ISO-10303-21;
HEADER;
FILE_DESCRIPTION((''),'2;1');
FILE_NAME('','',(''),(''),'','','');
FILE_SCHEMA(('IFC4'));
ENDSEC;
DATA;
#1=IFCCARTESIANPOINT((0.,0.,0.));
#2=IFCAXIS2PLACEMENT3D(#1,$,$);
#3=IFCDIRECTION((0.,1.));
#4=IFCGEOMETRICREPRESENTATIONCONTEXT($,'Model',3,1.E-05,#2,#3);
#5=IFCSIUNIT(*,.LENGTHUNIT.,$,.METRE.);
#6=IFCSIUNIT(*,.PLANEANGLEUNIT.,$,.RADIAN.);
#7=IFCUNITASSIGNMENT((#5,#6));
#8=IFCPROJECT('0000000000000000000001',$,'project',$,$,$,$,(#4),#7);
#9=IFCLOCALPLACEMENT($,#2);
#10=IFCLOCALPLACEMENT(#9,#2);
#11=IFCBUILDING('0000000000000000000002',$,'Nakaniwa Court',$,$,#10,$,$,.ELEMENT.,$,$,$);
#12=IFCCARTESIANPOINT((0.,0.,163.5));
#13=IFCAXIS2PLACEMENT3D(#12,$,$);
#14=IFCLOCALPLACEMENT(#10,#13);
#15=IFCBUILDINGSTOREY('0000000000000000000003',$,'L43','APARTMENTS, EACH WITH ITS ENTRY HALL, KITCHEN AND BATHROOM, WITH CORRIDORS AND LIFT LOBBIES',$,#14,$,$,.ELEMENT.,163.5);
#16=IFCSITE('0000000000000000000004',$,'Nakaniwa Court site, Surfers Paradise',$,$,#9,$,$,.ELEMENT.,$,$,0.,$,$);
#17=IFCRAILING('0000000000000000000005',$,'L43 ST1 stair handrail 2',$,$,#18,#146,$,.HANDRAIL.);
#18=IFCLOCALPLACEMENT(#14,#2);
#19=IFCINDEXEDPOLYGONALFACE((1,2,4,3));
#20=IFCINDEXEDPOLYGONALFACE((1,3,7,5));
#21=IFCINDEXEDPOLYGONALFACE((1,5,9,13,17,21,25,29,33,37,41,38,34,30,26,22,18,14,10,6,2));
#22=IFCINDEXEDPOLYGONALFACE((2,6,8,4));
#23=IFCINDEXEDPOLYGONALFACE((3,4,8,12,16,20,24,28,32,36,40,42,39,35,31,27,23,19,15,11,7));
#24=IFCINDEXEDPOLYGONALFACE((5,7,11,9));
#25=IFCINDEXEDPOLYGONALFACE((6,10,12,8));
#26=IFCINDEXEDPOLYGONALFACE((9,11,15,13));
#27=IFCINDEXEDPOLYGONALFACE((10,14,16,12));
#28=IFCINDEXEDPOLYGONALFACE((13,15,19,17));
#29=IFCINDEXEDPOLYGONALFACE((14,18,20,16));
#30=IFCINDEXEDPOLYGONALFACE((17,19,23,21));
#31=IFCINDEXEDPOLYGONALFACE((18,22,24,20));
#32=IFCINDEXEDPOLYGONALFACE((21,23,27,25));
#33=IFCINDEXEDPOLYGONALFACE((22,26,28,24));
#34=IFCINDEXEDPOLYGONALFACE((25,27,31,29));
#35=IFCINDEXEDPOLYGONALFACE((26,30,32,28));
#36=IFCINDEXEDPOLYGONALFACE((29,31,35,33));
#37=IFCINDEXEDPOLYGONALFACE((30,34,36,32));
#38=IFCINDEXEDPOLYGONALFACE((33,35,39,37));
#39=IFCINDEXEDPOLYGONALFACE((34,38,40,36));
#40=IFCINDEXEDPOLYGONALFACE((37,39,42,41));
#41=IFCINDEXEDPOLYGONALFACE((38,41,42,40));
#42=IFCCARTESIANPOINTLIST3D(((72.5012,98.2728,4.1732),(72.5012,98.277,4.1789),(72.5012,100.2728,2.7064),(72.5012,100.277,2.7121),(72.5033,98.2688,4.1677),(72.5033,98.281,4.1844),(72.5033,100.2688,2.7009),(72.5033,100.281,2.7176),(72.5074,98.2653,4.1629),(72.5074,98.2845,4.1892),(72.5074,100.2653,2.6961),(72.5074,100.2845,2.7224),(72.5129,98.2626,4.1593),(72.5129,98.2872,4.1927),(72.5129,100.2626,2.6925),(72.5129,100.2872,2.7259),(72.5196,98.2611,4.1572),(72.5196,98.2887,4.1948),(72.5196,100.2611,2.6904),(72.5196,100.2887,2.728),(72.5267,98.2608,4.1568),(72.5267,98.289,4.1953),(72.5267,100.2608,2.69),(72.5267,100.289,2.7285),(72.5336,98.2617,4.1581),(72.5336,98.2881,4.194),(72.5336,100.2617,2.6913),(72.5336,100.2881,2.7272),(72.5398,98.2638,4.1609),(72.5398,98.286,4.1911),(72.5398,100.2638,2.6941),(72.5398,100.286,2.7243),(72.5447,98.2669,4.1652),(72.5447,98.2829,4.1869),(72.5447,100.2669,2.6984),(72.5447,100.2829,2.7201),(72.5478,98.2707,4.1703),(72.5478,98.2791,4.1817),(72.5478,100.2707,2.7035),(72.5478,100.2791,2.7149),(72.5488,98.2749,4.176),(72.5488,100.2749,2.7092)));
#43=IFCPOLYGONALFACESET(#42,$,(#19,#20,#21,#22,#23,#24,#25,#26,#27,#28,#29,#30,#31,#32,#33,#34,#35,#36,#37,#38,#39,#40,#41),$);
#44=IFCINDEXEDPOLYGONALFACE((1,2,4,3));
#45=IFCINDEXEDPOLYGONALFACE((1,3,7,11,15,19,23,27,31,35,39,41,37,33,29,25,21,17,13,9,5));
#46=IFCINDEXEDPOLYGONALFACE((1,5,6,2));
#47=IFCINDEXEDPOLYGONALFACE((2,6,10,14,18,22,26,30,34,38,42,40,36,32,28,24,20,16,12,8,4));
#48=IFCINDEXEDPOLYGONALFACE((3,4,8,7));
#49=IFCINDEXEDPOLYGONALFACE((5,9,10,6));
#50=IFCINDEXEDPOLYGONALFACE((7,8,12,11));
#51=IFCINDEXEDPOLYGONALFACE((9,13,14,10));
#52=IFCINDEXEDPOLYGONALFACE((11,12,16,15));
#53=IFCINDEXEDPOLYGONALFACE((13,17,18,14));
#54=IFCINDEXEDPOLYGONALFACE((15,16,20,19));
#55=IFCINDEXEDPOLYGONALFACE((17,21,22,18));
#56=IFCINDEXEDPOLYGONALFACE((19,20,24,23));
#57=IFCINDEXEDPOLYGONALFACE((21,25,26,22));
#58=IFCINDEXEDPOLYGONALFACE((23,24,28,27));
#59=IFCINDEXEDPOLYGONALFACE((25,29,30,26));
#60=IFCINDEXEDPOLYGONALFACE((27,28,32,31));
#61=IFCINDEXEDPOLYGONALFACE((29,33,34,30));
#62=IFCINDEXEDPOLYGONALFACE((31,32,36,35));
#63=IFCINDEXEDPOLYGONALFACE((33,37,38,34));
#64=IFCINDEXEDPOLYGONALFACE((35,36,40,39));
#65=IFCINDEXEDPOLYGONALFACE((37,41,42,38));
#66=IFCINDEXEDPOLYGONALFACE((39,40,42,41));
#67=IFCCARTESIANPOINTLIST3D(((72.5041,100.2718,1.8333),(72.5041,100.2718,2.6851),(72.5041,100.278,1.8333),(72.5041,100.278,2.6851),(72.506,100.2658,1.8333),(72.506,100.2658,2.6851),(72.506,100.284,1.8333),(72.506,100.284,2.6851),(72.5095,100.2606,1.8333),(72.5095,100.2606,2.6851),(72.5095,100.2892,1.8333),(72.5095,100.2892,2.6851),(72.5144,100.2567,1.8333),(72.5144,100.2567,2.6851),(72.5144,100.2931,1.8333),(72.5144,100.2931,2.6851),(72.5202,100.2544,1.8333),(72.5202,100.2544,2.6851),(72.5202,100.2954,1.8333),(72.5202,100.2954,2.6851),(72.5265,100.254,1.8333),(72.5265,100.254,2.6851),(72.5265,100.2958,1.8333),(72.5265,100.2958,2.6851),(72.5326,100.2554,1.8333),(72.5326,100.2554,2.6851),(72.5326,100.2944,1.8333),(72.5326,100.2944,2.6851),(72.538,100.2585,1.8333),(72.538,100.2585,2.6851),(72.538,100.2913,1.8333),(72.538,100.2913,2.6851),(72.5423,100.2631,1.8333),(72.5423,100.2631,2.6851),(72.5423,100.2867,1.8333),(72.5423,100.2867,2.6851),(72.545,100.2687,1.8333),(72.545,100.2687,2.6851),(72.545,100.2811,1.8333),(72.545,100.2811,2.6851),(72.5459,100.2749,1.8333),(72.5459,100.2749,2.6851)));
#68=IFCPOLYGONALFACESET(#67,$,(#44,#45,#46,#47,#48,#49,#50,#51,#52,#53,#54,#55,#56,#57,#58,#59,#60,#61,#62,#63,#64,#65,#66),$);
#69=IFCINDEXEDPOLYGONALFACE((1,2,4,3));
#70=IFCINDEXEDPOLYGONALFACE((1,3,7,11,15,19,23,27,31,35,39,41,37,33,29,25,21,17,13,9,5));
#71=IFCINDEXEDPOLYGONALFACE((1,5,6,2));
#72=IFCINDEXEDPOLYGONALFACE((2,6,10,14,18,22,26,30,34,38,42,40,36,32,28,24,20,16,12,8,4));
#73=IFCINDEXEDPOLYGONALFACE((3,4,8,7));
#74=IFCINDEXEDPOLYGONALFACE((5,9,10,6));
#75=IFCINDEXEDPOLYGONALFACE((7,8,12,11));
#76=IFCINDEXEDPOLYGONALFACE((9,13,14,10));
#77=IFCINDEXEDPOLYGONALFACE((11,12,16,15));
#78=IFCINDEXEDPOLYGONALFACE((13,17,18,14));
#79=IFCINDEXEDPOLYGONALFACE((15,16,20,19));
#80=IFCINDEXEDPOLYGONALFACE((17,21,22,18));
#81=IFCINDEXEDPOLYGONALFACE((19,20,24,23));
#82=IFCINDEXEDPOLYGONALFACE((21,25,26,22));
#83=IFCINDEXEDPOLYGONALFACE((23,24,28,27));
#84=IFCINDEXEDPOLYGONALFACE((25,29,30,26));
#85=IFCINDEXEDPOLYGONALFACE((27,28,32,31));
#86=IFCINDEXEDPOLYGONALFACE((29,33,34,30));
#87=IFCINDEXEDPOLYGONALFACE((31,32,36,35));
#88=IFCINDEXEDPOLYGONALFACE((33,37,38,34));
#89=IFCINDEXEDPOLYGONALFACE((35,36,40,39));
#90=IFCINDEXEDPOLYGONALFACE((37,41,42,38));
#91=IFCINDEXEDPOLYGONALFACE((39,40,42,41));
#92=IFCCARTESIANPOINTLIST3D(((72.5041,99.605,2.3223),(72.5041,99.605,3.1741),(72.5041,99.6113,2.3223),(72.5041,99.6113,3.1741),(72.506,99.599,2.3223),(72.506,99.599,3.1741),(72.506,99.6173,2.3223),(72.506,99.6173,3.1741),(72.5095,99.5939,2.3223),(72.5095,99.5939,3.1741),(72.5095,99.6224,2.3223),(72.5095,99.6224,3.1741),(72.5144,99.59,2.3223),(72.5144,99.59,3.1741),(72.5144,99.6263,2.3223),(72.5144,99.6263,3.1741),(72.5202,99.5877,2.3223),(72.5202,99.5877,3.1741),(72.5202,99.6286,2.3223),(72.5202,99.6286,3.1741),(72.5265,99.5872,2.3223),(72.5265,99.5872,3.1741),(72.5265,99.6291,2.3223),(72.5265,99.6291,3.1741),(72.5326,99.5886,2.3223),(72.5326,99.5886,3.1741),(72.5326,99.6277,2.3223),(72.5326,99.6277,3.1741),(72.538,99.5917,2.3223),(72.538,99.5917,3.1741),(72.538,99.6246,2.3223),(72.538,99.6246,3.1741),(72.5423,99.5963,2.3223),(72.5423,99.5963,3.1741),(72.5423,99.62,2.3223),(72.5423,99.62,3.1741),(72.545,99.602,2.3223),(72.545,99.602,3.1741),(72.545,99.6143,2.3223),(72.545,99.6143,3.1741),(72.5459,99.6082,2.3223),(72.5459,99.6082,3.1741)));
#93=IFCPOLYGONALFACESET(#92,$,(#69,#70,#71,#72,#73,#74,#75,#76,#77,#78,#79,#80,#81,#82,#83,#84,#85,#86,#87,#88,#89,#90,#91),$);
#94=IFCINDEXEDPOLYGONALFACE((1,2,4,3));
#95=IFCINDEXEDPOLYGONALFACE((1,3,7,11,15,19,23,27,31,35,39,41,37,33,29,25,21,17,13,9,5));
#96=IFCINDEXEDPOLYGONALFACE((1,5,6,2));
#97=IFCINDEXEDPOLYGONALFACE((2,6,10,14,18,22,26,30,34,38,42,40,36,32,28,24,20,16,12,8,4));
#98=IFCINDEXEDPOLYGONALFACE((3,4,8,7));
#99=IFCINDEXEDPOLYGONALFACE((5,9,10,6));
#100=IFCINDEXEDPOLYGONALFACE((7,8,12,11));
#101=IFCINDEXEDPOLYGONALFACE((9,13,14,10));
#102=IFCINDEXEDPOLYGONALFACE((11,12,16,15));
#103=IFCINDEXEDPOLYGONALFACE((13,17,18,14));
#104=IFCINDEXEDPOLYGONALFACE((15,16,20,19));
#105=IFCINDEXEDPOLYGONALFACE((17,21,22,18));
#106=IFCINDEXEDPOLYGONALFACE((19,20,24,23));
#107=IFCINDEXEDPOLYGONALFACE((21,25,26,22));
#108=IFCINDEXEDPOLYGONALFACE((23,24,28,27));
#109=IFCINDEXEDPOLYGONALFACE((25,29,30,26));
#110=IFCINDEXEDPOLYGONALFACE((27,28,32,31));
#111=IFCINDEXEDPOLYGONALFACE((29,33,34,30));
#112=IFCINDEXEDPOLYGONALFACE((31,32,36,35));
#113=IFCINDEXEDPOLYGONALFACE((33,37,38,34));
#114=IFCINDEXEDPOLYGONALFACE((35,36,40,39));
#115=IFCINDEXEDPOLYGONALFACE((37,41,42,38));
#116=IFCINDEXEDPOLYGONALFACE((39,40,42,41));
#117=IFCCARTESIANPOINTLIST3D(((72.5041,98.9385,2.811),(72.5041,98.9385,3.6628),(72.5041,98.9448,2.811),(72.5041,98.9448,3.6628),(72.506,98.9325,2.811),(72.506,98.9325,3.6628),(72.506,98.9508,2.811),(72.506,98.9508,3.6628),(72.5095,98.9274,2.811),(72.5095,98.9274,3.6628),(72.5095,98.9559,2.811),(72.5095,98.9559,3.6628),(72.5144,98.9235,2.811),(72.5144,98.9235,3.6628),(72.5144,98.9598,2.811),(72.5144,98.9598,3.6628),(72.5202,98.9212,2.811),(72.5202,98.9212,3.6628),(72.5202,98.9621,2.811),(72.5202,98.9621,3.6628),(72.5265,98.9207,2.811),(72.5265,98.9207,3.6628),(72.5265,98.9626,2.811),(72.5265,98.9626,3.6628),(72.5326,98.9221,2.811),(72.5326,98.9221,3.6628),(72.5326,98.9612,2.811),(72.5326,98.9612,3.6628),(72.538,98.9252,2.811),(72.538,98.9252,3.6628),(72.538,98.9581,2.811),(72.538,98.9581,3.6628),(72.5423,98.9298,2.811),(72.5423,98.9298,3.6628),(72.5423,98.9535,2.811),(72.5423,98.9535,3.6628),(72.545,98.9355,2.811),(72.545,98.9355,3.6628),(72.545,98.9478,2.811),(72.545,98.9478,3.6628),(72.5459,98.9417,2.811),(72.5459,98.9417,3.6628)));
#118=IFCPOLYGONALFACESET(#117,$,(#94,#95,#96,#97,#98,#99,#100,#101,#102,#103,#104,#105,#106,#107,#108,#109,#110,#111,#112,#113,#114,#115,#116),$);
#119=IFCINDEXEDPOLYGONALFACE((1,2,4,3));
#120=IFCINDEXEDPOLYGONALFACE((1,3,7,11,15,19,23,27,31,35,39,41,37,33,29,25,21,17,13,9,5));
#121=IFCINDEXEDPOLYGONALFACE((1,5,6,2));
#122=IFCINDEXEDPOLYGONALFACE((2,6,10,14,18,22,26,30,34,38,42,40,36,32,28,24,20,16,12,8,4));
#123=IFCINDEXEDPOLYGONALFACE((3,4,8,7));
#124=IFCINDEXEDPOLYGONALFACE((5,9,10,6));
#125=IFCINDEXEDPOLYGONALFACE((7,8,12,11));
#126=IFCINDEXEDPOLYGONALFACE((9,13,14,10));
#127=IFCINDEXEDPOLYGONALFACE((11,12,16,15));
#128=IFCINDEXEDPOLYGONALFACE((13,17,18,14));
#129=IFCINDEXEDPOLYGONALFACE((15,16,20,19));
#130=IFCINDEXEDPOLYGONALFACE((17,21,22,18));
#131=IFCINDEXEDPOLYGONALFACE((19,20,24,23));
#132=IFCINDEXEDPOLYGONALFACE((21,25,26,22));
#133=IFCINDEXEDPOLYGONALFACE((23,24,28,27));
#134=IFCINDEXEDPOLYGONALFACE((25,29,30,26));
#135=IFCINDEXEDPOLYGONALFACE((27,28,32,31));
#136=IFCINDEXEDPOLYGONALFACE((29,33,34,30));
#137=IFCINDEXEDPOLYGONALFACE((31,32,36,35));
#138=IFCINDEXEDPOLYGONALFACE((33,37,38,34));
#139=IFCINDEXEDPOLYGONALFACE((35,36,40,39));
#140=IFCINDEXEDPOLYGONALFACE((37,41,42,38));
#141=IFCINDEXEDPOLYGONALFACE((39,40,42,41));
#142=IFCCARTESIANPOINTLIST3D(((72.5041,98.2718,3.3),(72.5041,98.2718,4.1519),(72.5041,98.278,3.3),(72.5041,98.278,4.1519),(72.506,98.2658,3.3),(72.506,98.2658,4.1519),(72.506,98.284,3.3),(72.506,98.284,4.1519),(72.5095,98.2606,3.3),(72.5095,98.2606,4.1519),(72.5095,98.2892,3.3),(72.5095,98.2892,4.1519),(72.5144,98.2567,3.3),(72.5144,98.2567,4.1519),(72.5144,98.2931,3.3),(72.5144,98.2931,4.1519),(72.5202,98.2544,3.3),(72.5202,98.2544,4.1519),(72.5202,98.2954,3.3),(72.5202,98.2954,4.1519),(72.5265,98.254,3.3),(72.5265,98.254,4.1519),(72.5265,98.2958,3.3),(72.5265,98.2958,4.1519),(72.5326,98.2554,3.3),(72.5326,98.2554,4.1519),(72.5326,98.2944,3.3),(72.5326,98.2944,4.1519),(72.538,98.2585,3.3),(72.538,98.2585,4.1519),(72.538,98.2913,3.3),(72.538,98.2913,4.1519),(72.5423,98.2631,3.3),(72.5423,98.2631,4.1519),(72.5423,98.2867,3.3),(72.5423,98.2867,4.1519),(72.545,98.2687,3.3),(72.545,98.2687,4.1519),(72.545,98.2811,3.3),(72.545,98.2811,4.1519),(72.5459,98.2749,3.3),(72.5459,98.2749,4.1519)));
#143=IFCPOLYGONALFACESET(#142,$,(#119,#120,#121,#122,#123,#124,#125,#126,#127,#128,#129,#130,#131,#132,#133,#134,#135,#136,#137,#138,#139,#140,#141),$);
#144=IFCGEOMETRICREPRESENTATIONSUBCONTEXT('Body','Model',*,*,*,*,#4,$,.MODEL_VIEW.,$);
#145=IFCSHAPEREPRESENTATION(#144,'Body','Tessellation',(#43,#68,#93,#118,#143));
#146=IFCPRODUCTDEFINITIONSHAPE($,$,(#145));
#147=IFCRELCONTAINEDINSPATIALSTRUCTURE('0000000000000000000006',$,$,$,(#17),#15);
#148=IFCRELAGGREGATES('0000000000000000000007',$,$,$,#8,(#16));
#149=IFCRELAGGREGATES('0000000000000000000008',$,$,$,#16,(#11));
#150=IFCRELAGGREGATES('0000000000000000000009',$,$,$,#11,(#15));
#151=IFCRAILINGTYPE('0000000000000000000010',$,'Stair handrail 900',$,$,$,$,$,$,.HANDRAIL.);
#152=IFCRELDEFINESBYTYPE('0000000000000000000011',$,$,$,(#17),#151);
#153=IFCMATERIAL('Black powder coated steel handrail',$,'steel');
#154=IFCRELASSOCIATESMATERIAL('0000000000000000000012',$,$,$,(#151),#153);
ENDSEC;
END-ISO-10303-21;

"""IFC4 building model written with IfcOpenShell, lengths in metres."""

from ifc_helpers import new_model, si_unit, direction, frame, origin, origin_2d, place, context, subcontext, project, spatial, circle, extrude, material, type_object, element, save


model = new_model("IFC4")

# Units and contexts
model_context = context("Model", 3, precision=1e-05, world=origin(), true_north=direction((0.0, 1.0)))
body_context = subcontext(model_context, "Body", "Model", "MODEL_VIEW")
ifc_project = project(units=[si_unit("LENGTHUNIT", "METRE"), si_unit("PLANEANGLEUNIT", "RADIAN")], contexts=[model_context])

# Site, building, storey
site_placement = place(None, origin())
site = spatial("IfcSite", under=ifc_project, at=site_placement, Name="Nakaniwa Court site, Surfers Paradise", CompositionType="ELEMENT", RefElevation=0.0)
building_placement = place(site_placement, origin())
building = spatial("IfcBuilding", under=site, at=building_placement, Name="Nakaniwa Court", CompositionType="ELEMENT")
storey_placement = place(building_placement, frame((0.0, 0.0, 163.5)))
storey = spatial("IfcBuildingStorey", under=building, at=storey_placement, Name="L43", Description="APARTMENTS, EACH WITH ITS ENTRY HALL, KITCHEN AND BATHROOM, WITH CORRIDORS AND LIFT LOBBIES", CompositionType="ELEMENT", Elevation=163.5)

# Railing
ifc_material_1 = material(Name="Black powder coated steel handrail", Category="steel")
railing_type_1 = type_object("IfcRailingType", Name="Stair handrail 900", PredefinedType="HANDRAIL", material=ifc_material_1)
railing_1_placement = place(storey_placement, frame((72.5249, 100.2749, 1.8333)))
element("IfcRailing", 1, at=railing_1_placement, inside=storey, type_object=railing_type_1, Name="L43 ST1 stair handrail 2", PredefinedType="HANDRAIL", context=body_context, shape_type="SweptSolid", body=[
    extrude(circle(Radius=0.0239, at=origin_2d()), frame((0.0, 0.0, 0.876), z_axis=(0.0, -0.80638, 0.591398), x_axis=(1.0, 0.0, 0.0)), (0.0, 0.0, 1.0), 2.4802),
    extrude(circle(Radius=0.021, at=origin_2d()), origin(), (0.0, 0.0, 1.0), 0.8518),
    extrude(circle(Radius=0.021, at=origin_2d()), frame((0.0, -0.6667, 0.489)), (0.0, 0.0, 1.0), 0.8518),
    extrude(circle(Radius=0.021, at=origin_2d()), frame((0.0, -1.3333, 0.9778)), (0.0, 0.0, 1.0), 0.8518),
    extrude(circle(Radius=0.021, at=origin_2d()), frame((0.0, -2.0, 1.4668)), (0.0, 0.0, 1.0), 0.8518),
])

save(model, "model.ifc")
